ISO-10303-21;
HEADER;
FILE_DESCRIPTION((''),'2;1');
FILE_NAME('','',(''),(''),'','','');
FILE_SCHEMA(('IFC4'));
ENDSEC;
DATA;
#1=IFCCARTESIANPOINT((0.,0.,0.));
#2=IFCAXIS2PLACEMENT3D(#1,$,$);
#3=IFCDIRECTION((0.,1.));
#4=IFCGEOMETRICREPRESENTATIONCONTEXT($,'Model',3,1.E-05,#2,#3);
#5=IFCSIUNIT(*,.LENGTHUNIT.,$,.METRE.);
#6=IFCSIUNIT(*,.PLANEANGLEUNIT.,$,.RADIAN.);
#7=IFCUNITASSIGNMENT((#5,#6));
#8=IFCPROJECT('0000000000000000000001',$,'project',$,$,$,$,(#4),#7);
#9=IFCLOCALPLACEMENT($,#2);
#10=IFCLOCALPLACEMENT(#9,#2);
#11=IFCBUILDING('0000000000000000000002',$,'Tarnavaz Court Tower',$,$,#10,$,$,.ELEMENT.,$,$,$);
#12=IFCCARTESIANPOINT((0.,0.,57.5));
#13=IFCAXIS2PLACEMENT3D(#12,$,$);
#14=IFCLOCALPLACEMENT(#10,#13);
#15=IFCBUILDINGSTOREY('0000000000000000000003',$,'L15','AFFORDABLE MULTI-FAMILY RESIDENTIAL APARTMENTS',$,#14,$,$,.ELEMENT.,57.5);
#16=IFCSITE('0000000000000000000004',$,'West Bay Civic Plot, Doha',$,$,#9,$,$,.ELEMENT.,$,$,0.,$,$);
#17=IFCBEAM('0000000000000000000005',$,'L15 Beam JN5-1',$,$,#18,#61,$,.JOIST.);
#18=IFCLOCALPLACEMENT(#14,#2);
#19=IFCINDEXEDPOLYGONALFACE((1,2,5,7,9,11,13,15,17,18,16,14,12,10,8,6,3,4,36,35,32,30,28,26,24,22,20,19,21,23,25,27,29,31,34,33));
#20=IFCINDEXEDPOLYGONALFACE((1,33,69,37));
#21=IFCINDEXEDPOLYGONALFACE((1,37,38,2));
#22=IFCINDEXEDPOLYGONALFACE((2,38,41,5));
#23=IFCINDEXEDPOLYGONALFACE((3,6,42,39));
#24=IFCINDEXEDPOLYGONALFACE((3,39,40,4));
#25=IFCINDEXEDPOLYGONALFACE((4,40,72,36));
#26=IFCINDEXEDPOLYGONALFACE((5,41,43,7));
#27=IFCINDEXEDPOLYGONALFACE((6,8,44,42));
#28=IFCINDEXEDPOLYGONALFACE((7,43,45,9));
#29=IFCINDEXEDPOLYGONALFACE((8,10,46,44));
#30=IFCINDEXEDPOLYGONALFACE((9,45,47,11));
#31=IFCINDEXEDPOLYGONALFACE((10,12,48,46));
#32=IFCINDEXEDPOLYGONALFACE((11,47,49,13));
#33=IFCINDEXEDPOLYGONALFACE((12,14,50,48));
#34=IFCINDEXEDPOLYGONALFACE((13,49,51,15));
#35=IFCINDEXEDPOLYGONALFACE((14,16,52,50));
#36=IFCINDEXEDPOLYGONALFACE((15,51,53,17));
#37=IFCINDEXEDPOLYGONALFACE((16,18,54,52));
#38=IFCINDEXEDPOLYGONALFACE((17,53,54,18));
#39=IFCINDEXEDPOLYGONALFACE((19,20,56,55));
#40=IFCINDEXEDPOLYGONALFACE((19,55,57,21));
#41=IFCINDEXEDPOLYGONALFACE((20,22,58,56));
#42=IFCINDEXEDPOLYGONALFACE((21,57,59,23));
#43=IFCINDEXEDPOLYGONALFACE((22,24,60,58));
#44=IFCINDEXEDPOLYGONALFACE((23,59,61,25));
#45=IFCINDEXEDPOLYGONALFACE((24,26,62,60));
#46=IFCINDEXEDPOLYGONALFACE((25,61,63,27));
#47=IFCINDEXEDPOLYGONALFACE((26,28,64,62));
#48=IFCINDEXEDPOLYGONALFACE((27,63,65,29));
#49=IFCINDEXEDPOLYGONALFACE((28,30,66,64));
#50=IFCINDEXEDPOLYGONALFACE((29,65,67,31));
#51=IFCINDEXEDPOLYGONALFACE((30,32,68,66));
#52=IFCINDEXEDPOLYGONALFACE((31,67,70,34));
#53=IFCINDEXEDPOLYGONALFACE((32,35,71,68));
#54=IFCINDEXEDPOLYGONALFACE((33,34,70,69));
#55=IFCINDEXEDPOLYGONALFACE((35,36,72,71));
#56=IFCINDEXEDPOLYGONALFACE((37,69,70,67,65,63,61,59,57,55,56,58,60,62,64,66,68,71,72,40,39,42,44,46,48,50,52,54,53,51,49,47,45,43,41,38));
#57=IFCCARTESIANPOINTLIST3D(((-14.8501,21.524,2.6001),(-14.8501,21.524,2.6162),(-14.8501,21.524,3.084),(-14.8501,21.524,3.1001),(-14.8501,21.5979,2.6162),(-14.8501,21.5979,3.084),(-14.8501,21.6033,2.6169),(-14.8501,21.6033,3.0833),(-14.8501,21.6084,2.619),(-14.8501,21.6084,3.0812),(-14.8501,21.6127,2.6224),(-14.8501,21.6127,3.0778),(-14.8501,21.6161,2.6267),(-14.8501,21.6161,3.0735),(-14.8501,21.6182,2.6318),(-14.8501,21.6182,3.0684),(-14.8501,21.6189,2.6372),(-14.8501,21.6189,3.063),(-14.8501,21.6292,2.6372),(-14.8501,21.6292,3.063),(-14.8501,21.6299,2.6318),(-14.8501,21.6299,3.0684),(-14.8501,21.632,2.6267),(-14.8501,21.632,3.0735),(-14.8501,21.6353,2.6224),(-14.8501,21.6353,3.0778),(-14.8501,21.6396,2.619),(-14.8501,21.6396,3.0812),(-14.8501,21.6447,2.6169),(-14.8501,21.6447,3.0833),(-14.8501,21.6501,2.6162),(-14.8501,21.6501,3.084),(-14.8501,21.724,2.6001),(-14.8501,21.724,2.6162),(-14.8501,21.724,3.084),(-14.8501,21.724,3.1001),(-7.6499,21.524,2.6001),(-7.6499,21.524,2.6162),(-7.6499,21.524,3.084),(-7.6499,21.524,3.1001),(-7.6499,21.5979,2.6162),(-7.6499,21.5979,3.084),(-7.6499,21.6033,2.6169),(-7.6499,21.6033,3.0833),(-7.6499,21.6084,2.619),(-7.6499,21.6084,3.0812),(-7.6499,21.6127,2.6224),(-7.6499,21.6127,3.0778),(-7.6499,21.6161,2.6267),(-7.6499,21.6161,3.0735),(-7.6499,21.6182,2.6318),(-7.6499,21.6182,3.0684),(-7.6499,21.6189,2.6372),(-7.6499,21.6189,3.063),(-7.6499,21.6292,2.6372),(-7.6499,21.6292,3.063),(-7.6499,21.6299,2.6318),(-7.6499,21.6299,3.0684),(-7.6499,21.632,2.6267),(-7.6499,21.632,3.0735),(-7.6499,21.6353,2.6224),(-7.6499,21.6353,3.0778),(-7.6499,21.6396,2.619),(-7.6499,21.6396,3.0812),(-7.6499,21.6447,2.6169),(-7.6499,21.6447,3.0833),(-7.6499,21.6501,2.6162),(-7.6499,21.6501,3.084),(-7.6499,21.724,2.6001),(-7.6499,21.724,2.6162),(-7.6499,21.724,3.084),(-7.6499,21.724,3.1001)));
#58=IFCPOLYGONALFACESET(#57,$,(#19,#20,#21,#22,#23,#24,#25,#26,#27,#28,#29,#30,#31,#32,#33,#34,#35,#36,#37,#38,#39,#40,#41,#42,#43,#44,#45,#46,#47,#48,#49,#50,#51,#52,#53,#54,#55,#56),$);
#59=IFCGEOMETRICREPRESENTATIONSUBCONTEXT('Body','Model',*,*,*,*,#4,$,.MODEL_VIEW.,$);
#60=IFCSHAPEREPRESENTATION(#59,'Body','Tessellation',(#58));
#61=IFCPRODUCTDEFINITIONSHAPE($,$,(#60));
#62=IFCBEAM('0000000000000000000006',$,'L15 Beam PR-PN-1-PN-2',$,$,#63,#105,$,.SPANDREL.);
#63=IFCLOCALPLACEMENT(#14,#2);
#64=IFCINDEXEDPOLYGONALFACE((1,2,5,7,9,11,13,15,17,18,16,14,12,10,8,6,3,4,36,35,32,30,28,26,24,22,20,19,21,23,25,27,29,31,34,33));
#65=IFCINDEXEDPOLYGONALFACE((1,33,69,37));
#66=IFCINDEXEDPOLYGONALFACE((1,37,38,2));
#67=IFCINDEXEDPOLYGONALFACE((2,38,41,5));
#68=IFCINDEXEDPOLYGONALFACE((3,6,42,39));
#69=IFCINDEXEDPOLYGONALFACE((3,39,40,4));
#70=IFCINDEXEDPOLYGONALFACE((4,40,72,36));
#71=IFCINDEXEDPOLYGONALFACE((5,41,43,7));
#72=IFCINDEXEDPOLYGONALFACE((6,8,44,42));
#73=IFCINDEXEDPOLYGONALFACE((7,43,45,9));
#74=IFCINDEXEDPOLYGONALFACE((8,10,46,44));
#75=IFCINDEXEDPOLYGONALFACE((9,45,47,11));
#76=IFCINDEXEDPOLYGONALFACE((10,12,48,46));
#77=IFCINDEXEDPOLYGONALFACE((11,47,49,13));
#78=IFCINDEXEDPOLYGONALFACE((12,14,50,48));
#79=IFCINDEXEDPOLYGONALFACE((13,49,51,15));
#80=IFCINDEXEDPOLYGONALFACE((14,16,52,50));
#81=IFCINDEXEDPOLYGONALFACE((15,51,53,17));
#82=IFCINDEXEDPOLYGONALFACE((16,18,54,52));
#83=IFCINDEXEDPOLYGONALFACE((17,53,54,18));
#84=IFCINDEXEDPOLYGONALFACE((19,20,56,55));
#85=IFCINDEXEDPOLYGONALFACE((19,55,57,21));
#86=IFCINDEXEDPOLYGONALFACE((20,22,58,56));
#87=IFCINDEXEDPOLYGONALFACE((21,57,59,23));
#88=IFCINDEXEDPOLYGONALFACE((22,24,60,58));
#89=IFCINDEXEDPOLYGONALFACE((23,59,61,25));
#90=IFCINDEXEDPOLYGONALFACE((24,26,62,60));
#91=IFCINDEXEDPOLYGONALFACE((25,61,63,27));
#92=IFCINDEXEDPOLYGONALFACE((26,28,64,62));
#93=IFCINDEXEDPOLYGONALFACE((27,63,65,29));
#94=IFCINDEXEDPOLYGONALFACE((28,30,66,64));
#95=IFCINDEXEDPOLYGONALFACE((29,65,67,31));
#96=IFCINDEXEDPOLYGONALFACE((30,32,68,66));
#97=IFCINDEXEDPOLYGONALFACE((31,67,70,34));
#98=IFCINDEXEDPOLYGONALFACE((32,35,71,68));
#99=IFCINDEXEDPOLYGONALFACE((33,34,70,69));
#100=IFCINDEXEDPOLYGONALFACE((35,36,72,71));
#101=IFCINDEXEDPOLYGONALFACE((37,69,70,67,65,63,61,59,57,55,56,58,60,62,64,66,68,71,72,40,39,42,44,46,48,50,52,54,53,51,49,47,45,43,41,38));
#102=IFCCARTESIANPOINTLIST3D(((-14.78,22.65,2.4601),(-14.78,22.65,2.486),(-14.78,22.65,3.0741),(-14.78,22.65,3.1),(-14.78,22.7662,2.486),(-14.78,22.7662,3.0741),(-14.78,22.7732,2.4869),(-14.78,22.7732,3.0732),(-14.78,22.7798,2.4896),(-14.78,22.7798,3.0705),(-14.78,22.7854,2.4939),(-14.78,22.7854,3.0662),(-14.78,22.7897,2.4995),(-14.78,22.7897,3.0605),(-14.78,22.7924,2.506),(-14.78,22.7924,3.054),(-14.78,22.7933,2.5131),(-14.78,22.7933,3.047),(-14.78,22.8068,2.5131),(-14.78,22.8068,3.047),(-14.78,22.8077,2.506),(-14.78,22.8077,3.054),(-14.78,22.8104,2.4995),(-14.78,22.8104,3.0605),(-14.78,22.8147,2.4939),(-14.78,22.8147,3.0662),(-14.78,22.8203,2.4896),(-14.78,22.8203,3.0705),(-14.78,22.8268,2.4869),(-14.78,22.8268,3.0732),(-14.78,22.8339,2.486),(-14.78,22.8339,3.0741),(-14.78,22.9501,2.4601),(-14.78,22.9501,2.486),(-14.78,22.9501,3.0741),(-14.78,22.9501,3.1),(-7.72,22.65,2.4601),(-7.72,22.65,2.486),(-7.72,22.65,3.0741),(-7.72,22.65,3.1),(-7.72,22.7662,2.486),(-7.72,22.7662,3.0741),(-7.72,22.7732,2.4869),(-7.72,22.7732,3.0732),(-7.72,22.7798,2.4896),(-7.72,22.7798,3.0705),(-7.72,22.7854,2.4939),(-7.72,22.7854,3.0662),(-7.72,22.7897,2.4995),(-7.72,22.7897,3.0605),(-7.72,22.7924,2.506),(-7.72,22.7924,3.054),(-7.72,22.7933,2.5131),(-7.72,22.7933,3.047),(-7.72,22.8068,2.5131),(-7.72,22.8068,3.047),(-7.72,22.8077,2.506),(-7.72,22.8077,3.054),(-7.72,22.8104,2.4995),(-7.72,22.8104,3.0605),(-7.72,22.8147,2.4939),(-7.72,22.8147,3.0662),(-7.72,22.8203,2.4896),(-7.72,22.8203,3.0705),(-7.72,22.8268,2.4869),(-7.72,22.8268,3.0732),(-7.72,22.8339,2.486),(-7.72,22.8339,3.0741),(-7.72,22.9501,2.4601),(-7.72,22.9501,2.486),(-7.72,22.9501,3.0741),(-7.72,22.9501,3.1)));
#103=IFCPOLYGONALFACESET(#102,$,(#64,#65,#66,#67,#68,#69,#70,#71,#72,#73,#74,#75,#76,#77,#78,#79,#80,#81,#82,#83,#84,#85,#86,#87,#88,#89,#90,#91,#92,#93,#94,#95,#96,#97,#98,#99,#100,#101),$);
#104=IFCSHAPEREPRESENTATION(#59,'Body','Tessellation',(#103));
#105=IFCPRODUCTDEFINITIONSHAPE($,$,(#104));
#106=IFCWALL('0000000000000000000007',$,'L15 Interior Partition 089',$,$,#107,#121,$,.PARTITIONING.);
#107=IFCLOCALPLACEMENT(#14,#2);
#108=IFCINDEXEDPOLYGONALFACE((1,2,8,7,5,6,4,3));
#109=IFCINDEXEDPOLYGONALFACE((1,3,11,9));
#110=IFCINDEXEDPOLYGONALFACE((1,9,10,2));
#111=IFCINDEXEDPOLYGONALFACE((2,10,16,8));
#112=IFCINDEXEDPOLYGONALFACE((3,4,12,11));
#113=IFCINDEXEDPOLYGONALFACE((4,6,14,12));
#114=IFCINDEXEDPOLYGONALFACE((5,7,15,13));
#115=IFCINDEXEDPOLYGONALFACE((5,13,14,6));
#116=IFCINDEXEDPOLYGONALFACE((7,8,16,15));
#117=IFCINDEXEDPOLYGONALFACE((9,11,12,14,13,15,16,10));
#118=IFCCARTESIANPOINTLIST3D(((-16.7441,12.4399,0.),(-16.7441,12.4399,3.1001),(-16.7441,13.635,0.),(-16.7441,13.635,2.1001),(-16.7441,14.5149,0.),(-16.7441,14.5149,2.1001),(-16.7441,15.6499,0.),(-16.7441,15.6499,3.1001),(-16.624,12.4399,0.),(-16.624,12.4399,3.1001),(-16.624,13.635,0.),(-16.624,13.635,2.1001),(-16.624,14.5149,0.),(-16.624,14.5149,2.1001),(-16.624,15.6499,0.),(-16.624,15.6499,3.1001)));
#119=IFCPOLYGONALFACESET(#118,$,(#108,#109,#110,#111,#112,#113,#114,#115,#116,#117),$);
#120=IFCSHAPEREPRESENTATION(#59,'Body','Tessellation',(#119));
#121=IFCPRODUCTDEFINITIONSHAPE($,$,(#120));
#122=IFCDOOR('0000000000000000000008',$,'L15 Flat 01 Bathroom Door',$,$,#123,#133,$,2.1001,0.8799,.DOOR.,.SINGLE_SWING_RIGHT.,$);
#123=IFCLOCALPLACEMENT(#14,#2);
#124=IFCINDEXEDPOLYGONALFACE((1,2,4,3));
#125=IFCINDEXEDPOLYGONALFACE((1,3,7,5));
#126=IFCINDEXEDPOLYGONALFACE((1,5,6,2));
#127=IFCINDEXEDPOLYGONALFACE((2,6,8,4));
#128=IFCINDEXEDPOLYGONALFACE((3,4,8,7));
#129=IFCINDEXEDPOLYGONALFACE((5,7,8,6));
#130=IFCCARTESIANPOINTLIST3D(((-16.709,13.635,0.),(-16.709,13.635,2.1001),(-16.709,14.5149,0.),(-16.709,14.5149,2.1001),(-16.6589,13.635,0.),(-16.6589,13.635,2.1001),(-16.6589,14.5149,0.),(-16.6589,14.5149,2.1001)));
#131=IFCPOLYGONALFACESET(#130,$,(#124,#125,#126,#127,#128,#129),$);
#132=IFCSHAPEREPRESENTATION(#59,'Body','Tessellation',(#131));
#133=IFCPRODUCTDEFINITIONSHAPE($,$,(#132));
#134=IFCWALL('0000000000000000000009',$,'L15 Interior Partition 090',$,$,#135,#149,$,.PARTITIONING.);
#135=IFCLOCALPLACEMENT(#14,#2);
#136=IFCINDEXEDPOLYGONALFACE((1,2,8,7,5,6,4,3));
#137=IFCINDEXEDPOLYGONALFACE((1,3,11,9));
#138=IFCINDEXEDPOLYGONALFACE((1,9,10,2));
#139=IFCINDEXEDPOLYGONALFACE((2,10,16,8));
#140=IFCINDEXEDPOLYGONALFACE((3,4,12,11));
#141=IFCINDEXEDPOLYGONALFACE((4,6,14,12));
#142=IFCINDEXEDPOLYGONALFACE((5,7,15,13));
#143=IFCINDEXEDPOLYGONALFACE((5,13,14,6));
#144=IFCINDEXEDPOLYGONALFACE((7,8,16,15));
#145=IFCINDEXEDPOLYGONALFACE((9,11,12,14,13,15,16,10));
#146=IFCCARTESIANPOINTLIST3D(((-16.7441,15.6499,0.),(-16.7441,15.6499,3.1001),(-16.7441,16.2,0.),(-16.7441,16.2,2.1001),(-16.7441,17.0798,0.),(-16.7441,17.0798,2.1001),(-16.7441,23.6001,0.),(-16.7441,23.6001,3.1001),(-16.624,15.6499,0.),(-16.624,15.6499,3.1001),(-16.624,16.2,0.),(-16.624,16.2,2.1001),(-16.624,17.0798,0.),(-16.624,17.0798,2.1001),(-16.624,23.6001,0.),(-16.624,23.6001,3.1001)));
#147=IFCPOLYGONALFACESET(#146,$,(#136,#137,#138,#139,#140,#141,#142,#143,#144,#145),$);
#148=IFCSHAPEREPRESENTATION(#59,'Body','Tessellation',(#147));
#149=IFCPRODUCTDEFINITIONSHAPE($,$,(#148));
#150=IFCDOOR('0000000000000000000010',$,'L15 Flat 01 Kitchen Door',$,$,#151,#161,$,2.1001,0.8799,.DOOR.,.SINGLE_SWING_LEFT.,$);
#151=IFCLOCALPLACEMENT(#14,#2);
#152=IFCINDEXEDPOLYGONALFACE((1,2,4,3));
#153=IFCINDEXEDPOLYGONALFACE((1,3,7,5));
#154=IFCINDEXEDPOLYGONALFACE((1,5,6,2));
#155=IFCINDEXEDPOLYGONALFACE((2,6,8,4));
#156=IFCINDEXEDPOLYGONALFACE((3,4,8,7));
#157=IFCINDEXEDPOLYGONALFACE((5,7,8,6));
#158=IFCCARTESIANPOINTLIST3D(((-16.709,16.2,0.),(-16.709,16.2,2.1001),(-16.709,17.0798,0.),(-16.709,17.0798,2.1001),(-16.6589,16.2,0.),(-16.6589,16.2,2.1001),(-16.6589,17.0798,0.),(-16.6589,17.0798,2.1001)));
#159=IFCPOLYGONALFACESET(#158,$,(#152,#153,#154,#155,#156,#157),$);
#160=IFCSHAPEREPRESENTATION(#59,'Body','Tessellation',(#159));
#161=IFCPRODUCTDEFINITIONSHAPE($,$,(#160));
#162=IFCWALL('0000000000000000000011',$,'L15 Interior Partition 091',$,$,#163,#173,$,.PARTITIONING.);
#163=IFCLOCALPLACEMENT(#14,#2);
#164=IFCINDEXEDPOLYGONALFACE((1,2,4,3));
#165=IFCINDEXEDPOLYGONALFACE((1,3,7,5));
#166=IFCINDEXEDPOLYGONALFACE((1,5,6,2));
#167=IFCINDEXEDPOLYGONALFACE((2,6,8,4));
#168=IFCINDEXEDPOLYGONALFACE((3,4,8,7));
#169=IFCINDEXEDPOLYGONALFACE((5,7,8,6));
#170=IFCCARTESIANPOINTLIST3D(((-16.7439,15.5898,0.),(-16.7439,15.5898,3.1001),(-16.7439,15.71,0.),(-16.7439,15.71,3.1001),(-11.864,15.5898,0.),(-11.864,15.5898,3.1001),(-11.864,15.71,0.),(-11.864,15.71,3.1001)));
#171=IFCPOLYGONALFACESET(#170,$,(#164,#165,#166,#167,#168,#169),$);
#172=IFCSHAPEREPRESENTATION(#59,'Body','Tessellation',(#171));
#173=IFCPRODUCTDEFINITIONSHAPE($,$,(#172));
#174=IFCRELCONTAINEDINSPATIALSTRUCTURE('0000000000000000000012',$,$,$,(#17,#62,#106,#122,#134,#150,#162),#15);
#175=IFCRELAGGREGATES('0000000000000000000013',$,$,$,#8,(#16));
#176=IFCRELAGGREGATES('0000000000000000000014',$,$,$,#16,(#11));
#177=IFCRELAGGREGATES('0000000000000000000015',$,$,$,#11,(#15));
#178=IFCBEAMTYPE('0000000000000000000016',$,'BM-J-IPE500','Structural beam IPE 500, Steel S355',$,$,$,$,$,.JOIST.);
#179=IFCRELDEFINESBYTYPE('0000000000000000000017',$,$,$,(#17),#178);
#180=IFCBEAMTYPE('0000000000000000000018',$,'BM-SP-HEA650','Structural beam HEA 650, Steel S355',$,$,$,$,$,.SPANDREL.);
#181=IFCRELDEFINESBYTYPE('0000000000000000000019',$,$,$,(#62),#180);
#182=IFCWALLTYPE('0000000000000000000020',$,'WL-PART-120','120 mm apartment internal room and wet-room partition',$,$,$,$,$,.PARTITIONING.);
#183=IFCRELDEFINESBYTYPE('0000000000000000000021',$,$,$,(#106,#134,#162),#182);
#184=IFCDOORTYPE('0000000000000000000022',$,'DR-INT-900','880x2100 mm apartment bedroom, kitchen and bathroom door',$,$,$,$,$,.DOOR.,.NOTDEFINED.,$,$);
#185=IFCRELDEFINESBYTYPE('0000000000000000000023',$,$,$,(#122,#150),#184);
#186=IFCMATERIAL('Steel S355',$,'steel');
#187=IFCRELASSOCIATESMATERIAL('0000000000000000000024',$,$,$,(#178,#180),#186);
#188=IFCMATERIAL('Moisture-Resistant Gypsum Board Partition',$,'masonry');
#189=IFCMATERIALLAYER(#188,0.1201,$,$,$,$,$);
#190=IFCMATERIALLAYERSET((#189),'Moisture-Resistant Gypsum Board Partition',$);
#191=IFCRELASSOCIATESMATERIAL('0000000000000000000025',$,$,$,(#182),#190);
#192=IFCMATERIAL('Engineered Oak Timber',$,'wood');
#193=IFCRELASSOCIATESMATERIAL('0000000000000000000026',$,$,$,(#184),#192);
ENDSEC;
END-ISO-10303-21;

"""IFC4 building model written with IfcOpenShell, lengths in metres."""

from ifc_helpers import new_model, si_unit, direction, frame, frame_2d, origin, origin_2d, place, context, subcontext, project, spatial, rectangle, i_section, extrude, material, layer, layer_set, material_profile, profile_set, type_object, element, fill, save


model = new_model("IFC4")

# Units and contexts
model_context = context("Model", 3, precision=1e-05, world=origin(), true_north=direction((0.0, 1.0)))
body_context = subcontext(model_context, "Body", "Model", "MODEL_VIEW")
ifc_project = project(units=[si_unit("LENGTHUNIT", "METRE"), si_unit("PLANEANGLEUNIT", "RADIAN")], contexts=[model_context])

# Site, building, storey
site_placement = place(None, origin())
site = spatial("IfcSite", under=ifc_project, at=site_placement, Name="West Bay Civic Plot, Doha", CompositionType="ELEMENT", RefElevation=0.0)
building_placement = place(site_placement, origin())
building = spatial("IfcBuilding", under=site, at=building_placement, Name="Tarnavaz Court Tower", CompositionType="ELEMENT")
storey_placement = place(building_placement, frame((0.0, 0.0, 57.5)))
storey = spatial("IfcBuildingStorey", under=building, at=storey_placement, Name="L15", Description="AFFORDABLE MULTI-FAMILY RESIDENTIAL APARTMENTS", CompositionType="ELEMENT", Elevation=57.5)

# Beams
ifc_material_1 = material(Name="Steel S355", Category="steel")
ifc_material_profile_1 = material_profile(ifc_material_1, i_section(OverallWidth=0.2, OverallDepth=0.5, WebThickness=0.0103, FlangeThickness=0.0161, FilletRadius=0.021, at=origin_2d()), Name="IPE 500")
ifc_profile_set_1 = profile_set([ifc_material_profile_1], Name="Steel S355")
beam_type_1 = type_object("IfcBeamType", Name="BM-J-IPE500", Description="Structural beam IPE 500, Steel S355", PredefinedType="JOIST", material=ifc_profile_set_1)
for number, where, z_axis, x_axis, name in (
    (1, (-14.8501, 21.624, 2.8501), (1.0, 0.0, 0.0), (0.0, 1.0, 0.0), "L15 Beam JN5-1"),
):
    element("IfcBeam", number, at=place(storey_placement, frame(where, z_axis=z_axis, x_axis=x_axis)), inside=storey, type_object=beam_type_1, Name=name, PredefinedType="JOIST", context=body_context, shape_type="SweptSolid", body=[
        extrude(i_section(OverallWidth=0.2, OverallDepth=0.5, WebThickness=0.0103, FlangeThickness=0.0161, FilletRadius=0.021, at=origin_2d()), origin(), (0.0, 0.0, 1.0), 7.2002),
    ])
ifc_material_profile_2 = material_profile(ifc_material_1, i_section(OverallWidth=0.3, OverallDepth=0.6399, WebThickness=0.0134, FlangeThickness=0.0259, FilletRadius=0.0271, at=origin_2d()), Name="HEA 650")
ifc_profile_set_2 = profile_set([ifc_material_profile_2], Name="Steel S355")
beam_type_2 = type_object("IfcBeamType", Name="BM-SP-HEA650", Description="Structural beam HEA 650, Steel S355", PredefinedType="SPANDREL", material=ifc_profile_set_2)
beam_placement = place(storey_placement, frame((-14.78, 22.8, 2.78), z_axis=(1.0, 0.0, 0.0), x_axis=(0.0, 1.0, 0.0)))
element("IfcBeam", 2, at=beam_placement, inside=storey, type_object=beam_type_2, Name="L15 Beam PR-PN-1-PN-2", PredefinedType="SPANDREL", context=body_context, shape_type="SweptSolid", body=[
    extrude(i_section(OverallWidth=0.3, OverallDepth=0.6399, WebThickness=0.0134, FlangeThickness=0.0259, FilletRadius=0.0271, at=origin_2d()), origin(), (0.0, 0.0, 1.0), 7.0601),
])

# Walls, openings, doors
ifc_material_2 = material(Name="Moisture-Resistant Gypsum Board Partition", Category="masonry")
ifc_layer = layer(ifc_material_2, 0.1201)
ifc_layer_set = layer_set([ifc_layer], Name="Moisture-Resistant Gypsum Board Partition")
wall_type = type_object("IfcWallType", Name="WL-PART-120", Description="120 mm apartment internal room and wet-room partition", PredefinedType="PARTITIONING", material=ifc_layer_set)
wall_1_placement = place(storey_placement, frame((-16.6841, 12.4399, 0.0), z_axis=(0.0, 0.0, 1.0), x_axis=(0.0, 1.0, 0.0)))
wall_1 = element("IfcWall", 3, at=wall_1_placement, inside=storey, type_object=wall_type, Name="L15 Interior Partition 089", PredefinedType="PARTITIONING", context=body_context, shape_type="SweptSolid", body=[
    extrude(rectangle(XDim=3.21, YDim=0.1201, at=frame_2d((1.605, 0.0))), origin(), (0.0, 0.0, 1.0), 3.1001),
])
opening_1_placement = place(wall_1_placement, frame((1.1951, 0.0, 0.0)))
opening_1 = element("IfcOpeningElement", 4, at=opening_1_placement, cuts=wall_1, PredefinedType="OPENING", context=body_context, shape_type="SweptSolid", body=[
    extrude(rectangle(XDim=0.8799, YDim=2.1001, at=frame_2d((0.4399, 1.05))), frame((0.0, 0.0701, 0.0), z_axis=(0.0, -1.0, 0.0), x_axis=(1.0, 0.0, 0.0)), (0.0, 0.0, 1.0), 0.1401),
])
ifc_material_3 = material(Name="Engineered Oak Timber", Category="wood")
door_type = type_object("IfcDoorType", Name="DR-INT-900", Description="880x2100 mm apartment bedroom, kitchen and bathroom door", OperationType="NOTDEFINED", PredefinedType="DOOR", material=ifc_material_3)
door_1_placement = place(opening_1_placement, origin())
door_1 = element("IfcDoor", 5, at=door_1_placement, inside=storey, type_object=door_type, Name="L15 Flat 01 Bathroom Door", OperationType="SINGLE_SWING_RIGHT", OverallHeight=2.1001, OverallWidth=0.8799, PredefinedType="DOOR", context=body_context, shape_type="SweptSolid", body=[
    extrude(rectangle(XDim=0.8799, YDim=2.1001, at=frame_2d((0.4399, 1.05))), frame((0.0, 0.0249, 0.0), z_axis=(0.0, -1.0, 0.0), x_axis=(1.0, 0.0, 0.0)), (0.0, 0.0, 1.0), 0.05),
])
fill(opening_1, door_1)
wall_2_placement = place(storey_placement, frame((-16.6841, 15.6499, 0.0), z_axis=(0.0, 0.0, 1.0), x_axis=(0.0, 1.0, 0.0)))
wall_2 = element("IfcWall", 6, at=wall_2_placement, inside=storey, type_object=wall_type, Name="L15 Interior Partition 090", PredefinedType="PARTITIONING", context=body_context, shape_type="SweptSolid", body=[
    extrude(rectangle(XDim=7.9502, YDim=0.1201, at=frame_2d((3.9751, 0.0))), origin(), (0.0, 0.0, 1.0), 3.1001),
])
opening_2_placement = place(wall_2_placement, frame((0.55, 0.0, 0.0)))
opening_2 = element("IfcOpeningElement", 7, at=opening_2_placement, cuts=wall_2, PredefinedType="OPENING", context=body_context, shape_type="SweptSolid", body=[
    extrude(rectangle(XDim=0.8799, YDim=2.1001, at=frame_2d((0.4399, 1.05))), frame((0.0, 0.0701, 0.0), z_axis=(0.0, -1.0, 0.0), x_axis=(1.0, 0.0, 0.0)), (0.0, 0.0, 1.0), 0.1401),
])
door_2_placement = place(opening_2_placement, origin())
door_2 = element("IfcDoor", 8, at=door_2_placement, inside=storey, type_object=door_type, Name="L15 Flat 01 Kitchen Door", OperationType="SINGLE_SWING_LEFT", OverallHeight=2.1001, OverallWidth=0.8799, PredefinedType="DOOR", context=body_context, shape_type="SweptSolid", body=[
    extrude(rectangle(XDim=0.8799, YDim=2.1001, at=frame_2d((0.4399, 1.05))), frame((0.0, 0.0249, 0.0), z_axis=(0.0, -1.0, 0.0), x_axis=(1.0, 0.0, 0.0)), (0.0, 0.0, 1.0), 0.05),
])
fill(opening_2, door_2)

# Wall
wall_3_placement = place(storey_placement, frame((-16.7439, 15.6499, 0.0), z_axis=(0.0, 0.0, 1.0), x_axis=(1.0, 0.0, 0.0)))
element("IfcWall", 9, at=wall_3_placement, inside=storey, type_object=wall_type, Name="L15 Interior Partition 091", PredefinedType="PARTITIONING", context=body_context, shape_type="SweptSolid", body=[
    extrude(rectangle(XDim=4.8799, YDim=0.1201, at=frame_2d((2.4399, 0.0))), origin(), (0.0, 0.0, 1.0), 3.1001),
])

save(model, "model.ifc")
